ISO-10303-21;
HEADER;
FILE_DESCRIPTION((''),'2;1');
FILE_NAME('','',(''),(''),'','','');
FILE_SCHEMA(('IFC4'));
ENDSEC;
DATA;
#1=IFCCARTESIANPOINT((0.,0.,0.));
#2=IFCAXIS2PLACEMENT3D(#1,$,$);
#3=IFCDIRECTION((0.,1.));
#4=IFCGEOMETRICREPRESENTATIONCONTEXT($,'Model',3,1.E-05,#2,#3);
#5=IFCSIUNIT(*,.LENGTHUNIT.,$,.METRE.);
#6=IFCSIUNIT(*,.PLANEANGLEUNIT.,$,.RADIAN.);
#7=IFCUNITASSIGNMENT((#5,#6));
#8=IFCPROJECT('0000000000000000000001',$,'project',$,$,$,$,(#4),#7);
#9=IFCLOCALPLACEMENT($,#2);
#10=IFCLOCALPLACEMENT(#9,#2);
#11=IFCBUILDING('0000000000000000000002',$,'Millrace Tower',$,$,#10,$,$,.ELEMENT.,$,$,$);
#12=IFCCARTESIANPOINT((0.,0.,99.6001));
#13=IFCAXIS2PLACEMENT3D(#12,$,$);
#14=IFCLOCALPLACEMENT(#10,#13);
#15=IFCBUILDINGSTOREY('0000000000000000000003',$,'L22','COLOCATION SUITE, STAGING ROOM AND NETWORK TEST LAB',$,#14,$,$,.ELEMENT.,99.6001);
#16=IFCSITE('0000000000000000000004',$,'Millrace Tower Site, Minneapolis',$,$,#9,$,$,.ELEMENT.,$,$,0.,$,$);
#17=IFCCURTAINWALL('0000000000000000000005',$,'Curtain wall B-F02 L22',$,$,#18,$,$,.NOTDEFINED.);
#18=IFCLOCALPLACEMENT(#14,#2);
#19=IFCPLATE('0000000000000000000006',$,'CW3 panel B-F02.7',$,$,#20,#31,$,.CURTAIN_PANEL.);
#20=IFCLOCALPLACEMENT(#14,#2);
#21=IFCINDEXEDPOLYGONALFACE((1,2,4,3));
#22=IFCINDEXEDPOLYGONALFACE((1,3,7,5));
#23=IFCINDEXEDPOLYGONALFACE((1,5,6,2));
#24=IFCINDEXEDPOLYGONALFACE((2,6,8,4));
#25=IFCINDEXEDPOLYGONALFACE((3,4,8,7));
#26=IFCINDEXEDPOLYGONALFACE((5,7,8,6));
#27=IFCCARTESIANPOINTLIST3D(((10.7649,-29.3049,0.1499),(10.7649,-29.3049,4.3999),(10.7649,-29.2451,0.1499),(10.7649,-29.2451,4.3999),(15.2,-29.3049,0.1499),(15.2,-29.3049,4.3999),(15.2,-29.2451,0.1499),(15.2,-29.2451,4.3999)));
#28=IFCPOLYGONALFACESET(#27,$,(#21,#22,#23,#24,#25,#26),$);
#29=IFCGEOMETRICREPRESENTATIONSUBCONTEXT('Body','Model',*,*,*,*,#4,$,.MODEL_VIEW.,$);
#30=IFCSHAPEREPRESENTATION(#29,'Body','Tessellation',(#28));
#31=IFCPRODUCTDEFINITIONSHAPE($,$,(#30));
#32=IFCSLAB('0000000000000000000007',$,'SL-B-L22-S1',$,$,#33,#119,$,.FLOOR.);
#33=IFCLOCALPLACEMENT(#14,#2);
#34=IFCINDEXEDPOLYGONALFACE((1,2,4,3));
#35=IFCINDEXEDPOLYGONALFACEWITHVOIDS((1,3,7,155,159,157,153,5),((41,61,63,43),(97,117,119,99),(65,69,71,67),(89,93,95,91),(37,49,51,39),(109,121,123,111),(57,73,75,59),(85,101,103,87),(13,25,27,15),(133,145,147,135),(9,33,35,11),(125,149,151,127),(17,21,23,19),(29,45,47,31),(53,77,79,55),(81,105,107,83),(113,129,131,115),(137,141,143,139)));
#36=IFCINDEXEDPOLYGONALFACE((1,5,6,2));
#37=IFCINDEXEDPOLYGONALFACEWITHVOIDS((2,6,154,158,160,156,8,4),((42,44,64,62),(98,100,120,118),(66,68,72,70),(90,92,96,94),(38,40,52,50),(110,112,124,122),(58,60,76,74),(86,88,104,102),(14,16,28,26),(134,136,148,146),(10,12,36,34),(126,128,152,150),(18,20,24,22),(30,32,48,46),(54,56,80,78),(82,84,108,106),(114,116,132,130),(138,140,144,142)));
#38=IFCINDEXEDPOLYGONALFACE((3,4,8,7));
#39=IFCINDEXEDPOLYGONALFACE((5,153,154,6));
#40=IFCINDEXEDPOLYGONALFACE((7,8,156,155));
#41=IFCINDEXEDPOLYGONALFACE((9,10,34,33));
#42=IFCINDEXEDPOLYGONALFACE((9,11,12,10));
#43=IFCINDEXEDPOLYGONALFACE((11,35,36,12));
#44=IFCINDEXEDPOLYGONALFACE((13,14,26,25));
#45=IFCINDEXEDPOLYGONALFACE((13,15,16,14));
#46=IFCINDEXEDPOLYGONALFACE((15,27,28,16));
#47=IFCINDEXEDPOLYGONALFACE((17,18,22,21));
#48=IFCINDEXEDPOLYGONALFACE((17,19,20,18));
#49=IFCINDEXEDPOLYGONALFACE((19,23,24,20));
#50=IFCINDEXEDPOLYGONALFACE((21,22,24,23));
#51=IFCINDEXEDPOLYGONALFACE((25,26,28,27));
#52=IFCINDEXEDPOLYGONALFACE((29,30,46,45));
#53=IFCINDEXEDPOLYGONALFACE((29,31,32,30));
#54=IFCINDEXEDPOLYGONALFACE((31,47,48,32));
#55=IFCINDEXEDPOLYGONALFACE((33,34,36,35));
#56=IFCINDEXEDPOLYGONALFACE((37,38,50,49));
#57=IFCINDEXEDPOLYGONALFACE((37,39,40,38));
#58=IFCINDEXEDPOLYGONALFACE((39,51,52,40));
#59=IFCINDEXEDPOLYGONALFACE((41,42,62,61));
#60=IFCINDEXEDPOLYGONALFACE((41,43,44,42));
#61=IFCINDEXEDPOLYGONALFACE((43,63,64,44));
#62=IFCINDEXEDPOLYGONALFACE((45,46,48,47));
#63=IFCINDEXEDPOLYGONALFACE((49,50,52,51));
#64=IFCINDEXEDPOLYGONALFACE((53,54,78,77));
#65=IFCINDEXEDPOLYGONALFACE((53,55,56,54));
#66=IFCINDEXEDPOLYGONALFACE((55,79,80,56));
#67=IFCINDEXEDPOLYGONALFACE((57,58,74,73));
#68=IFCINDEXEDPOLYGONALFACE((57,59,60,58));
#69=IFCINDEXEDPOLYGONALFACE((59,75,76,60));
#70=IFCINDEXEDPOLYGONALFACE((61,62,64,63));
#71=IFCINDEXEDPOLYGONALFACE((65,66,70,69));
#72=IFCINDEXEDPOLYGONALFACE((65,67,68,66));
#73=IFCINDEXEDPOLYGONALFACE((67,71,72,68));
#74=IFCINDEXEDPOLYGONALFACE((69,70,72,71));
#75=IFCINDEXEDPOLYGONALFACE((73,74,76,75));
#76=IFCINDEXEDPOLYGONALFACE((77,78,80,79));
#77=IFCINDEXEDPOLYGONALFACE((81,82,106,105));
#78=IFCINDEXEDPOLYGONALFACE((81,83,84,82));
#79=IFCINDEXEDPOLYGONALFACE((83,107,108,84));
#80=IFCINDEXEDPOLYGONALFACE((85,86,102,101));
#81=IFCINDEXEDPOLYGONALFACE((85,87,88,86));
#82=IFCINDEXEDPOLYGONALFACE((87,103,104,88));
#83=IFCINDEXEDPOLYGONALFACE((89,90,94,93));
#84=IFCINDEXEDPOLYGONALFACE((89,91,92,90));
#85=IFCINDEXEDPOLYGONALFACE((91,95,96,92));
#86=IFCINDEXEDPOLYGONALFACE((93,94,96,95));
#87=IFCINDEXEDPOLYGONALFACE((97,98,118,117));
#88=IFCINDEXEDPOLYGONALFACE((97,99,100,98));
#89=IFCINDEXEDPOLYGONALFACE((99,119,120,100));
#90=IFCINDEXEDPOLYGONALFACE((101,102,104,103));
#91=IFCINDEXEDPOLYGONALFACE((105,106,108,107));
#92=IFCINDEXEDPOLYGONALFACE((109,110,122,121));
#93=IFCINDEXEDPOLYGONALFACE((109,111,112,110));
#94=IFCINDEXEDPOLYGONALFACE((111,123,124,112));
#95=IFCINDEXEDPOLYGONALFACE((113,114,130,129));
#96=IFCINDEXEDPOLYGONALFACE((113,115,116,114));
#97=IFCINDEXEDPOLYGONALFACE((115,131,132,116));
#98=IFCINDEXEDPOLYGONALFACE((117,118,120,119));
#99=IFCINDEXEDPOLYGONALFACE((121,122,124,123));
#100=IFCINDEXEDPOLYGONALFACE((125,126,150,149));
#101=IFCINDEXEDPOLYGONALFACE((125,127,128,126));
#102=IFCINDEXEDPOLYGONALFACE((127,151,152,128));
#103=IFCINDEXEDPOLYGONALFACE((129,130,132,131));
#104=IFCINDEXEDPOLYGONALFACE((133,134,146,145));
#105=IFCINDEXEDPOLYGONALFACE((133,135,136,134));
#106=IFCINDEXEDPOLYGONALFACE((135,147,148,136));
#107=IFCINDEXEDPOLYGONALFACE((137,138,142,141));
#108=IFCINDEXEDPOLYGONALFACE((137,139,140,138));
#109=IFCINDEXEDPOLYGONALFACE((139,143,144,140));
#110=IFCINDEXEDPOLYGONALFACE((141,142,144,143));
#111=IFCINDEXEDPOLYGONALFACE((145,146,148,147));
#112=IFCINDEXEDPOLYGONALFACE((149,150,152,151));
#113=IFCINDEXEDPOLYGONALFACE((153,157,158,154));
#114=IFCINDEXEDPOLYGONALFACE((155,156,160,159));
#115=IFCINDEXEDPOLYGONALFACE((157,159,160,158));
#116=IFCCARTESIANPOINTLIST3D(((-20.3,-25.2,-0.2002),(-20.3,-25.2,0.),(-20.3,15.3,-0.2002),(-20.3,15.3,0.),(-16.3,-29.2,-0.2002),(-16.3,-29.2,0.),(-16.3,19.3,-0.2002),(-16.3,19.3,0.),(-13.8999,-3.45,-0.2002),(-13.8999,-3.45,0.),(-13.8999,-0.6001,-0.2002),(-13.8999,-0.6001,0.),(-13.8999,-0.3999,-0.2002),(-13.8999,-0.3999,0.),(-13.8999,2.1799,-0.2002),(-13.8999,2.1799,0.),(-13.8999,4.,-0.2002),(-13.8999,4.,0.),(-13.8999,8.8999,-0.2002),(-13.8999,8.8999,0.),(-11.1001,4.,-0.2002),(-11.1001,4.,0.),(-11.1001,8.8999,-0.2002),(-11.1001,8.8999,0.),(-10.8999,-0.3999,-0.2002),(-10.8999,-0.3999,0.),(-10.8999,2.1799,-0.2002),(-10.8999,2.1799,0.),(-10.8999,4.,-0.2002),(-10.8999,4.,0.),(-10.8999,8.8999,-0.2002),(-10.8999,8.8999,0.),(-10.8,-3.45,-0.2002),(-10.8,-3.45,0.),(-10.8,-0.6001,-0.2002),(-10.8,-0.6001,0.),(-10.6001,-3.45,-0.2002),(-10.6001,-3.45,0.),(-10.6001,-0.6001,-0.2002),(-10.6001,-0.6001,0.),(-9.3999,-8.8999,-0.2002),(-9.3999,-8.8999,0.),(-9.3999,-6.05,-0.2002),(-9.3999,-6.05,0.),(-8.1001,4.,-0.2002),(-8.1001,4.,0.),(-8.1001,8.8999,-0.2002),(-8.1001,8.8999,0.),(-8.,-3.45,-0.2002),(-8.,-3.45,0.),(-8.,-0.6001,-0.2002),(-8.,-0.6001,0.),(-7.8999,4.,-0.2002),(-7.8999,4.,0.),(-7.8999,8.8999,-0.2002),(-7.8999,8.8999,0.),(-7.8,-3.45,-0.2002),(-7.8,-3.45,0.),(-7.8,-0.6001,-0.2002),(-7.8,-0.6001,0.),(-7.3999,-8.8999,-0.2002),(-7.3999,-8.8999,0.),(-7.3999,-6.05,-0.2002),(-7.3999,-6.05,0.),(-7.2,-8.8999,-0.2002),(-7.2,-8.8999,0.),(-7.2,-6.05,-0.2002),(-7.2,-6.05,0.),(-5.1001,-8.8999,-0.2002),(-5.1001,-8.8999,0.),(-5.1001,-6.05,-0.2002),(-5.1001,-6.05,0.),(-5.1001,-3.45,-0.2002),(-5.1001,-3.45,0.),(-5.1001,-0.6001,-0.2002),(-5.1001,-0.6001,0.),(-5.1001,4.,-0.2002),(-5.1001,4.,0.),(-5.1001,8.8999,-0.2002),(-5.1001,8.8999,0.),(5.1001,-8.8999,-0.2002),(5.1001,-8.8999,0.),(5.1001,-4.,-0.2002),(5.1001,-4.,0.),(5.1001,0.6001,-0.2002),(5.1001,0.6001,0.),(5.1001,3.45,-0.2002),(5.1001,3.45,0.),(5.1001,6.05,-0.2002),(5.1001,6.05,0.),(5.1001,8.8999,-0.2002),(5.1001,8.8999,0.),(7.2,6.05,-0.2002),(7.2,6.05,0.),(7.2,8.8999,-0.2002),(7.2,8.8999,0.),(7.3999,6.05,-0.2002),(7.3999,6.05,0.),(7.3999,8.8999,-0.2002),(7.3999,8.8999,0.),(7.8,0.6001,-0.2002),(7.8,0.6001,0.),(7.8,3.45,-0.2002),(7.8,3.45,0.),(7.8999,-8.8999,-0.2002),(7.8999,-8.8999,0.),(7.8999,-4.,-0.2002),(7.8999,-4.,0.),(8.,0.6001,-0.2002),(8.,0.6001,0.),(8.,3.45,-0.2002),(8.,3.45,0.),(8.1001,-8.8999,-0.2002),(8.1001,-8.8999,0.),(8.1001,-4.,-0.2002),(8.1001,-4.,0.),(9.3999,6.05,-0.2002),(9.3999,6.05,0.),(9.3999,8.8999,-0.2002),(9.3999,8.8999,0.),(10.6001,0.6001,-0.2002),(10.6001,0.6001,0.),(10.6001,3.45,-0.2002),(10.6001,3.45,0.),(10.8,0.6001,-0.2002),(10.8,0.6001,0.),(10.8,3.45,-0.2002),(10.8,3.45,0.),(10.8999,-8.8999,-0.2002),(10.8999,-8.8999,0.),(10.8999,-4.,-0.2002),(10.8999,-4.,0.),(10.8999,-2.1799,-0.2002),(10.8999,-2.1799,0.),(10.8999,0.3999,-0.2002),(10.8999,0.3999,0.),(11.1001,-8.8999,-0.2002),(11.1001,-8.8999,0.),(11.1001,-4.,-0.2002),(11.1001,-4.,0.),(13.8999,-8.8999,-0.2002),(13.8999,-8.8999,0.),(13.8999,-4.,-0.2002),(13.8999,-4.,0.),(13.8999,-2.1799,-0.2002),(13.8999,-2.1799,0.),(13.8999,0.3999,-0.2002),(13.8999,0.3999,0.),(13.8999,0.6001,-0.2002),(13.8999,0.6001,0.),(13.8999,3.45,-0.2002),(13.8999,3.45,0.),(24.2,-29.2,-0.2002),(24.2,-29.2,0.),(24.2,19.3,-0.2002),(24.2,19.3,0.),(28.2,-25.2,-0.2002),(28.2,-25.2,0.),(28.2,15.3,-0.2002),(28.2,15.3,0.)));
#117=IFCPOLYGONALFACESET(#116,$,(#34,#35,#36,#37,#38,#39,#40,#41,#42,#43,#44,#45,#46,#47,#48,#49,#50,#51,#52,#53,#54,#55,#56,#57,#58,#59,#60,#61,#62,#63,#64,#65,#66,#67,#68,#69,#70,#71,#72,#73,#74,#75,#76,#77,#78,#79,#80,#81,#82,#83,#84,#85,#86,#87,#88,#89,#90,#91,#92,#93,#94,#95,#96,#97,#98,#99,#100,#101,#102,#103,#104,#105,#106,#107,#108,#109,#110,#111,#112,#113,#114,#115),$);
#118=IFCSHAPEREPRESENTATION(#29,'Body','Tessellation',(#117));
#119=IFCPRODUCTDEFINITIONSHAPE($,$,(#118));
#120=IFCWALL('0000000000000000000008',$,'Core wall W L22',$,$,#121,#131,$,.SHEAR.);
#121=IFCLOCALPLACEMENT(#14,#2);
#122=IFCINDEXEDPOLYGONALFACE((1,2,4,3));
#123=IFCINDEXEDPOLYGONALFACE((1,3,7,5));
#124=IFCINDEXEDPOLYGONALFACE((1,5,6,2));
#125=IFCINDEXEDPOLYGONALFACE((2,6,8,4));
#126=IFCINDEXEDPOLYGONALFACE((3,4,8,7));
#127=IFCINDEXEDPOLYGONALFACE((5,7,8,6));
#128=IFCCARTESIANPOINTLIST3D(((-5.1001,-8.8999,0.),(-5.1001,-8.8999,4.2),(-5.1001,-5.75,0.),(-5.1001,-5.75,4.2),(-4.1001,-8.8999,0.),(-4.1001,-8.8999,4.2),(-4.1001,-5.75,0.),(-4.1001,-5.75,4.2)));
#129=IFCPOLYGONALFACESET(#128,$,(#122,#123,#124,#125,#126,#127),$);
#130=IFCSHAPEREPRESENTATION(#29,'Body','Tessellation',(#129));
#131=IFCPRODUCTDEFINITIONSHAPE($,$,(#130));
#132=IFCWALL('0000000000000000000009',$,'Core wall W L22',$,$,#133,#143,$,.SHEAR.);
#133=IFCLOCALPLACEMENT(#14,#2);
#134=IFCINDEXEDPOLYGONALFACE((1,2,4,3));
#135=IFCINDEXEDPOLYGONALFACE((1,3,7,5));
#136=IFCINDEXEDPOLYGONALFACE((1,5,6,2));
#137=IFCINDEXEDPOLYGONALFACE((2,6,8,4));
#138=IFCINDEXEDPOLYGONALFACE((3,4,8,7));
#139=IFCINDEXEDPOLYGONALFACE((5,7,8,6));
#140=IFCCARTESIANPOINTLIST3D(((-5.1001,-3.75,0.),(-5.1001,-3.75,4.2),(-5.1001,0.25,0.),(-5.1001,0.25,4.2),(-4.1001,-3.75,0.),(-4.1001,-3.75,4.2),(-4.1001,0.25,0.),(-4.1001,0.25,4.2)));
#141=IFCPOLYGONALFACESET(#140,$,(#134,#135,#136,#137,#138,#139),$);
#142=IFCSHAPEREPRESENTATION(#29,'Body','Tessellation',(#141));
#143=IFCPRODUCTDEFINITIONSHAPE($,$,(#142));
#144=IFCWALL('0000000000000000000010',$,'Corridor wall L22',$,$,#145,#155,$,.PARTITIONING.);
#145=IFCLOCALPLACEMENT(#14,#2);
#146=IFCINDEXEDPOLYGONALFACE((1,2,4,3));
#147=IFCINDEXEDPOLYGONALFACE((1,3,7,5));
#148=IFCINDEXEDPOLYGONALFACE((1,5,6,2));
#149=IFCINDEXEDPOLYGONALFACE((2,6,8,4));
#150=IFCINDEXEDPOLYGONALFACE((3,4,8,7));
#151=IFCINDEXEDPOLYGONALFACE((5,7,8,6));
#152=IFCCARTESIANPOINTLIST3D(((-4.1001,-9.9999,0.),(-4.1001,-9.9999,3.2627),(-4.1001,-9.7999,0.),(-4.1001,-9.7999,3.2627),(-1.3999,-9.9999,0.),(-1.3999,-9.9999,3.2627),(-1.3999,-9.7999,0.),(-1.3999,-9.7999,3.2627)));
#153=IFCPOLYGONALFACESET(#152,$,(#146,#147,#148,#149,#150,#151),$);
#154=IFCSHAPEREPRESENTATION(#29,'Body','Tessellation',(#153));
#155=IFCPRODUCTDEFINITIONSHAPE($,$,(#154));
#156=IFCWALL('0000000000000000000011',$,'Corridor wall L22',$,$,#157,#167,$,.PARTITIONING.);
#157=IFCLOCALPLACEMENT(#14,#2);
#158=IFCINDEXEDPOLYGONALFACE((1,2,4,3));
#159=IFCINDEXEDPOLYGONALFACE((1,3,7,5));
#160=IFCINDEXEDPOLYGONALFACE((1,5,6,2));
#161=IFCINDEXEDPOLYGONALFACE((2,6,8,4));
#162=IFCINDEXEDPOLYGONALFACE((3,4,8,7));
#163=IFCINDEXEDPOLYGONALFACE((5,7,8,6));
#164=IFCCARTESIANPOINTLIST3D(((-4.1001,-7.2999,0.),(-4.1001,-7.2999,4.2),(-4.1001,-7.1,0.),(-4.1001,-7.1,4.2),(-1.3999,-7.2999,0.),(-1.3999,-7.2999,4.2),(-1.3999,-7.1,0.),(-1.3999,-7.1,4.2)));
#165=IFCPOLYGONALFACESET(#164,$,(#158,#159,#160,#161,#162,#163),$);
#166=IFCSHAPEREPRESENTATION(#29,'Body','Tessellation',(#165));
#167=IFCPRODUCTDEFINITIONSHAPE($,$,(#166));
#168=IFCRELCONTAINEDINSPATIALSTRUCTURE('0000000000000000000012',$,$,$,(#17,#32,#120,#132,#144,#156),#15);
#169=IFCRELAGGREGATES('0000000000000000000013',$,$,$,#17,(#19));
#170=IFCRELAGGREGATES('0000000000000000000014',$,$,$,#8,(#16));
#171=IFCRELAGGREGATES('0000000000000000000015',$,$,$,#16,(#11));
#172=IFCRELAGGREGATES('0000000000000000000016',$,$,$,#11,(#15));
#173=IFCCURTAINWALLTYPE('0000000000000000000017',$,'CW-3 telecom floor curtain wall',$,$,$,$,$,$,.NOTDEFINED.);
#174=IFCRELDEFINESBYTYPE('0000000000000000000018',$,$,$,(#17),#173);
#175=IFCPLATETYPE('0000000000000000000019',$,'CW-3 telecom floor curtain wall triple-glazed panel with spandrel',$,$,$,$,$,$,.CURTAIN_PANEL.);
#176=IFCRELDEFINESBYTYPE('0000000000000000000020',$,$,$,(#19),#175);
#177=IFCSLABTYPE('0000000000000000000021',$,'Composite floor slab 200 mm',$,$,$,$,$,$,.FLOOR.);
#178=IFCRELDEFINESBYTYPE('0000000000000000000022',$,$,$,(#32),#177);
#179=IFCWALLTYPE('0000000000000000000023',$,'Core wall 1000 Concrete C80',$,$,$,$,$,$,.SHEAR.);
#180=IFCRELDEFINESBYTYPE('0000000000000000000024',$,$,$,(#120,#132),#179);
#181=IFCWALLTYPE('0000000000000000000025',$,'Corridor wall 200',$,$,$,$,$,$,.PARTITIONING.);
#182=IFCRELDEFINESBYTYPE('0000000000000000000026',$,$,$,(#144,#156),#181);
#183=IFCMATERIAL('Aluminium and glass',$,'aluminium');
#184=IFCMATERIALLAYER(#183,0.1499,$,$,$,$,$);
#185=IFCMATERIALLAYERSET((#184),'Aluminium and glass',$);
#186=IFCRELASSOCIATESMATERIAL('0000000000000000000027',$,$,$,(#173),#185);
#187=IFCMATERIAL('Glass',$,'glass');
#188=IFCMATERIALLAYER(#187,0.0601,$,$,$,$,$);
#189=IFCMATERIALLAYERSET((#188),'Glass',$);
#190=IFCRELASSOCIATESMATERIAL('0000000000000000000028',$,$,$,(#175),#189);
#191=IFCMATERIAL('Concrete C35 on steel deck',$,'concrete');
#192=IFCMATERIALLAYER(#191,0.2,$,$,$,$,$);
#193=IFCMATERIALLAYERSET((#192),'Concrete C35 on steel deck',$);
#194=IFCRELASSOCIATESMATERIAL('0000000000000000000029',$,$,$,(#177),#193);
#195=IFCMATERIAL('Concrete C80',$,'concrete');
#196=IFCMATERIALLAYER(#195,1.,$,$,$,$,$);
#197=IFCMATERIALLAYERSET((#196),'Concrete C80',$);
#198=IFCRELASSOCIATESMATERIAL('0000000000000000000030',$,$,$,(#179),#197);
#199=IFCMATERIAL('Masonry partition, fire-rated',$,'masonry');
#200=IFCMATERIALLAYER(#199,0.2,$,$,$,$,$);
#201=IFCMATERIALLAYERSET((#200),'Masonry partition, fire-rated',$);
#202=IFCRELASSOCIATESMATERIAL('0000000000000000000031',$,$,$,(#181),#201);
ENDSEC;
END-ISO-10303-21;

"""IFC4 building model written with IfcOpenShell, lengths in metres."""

from ifc_helpers import new_model, si_unit, direction, frame, frame_2d, origin, place, context, subcontext, project, spatial, polyline, rectangle, outline, extrude, material, layer, layer_set, type_object, element, aggregate, save


model = new_model("IFC4")

# Units and contexts
model_context = context("Model", 3, precision=1e-05, world=origin(), true_north=direction((0.0, 1.0)))
body_context = subcontext(model_context, "Body", "Model", "MODEL_VIEW")
ifc_project = project(units=[si_unit("LENGTHUNIT", "METRE"), si_unit("PLANEANGLEUNIT", "RADIAN")], contexts=[model_context])

# Site, building, storey
site_placement = place(None, origin())
site = spatial("IfcSite", under=ifc_project, at=site_placement, Name="Millrace Tower Site, Minneapolis", CompositionType="ELEMENT", RefElevation=0.0)
building_placement = place(site_placement, origin())
building = spatial("IfcBuilding", under=site, at=building_placement, Name="Millrace Tower", CompositionType="ELEMENT")
storey_placement = place(building_placement, frame((0.0, 0.0, 99.6001)))
storey = spatial("IfcBuildingStorey", under=building, at=storey_placement, Name="L22", Description="COLOCATION SUITE, STAGING ROOM AND NETWORK TEST LAB", CompositionType="ELEMENT", Elevation=99.6001)

# Shared definitions
ifc_material_1 = material(Name="Aluminium and glass", Category="aluminium")
ifc_layer_1 = layer(ifc_material_1, 0.1499)
ifc_layer_set_1 = layer_set([ifc_layer_1], Name="Aluminium and glass")
curtain_wall_type = type_object("IfcCurtainWallType", Name="CW-3 telecom floor curtain wall", PredefinedType="NOTDEFINED", material=ifc_layer_set_1)
placement_1 = place(storey_placement, origin())
ifc_material_2 = material(Name="Glass", Category="glass")
ifc_layer_2 = layer(ifc_material_2, 0.0601)
ifc_layer_set_2 = layer_set([ifc_layer_2], Name="Glass")
plate_type = type_object("IfcPlateType", Name="CW-3 telecom floor curtain wall triple-glazed panel with spandrel", PredefinedType="CURTAIN_PANEL", material=ifc_layer_set_2)
placement_2 = place(storey_placement, frame((0.0, 0.0, 0.1499)))

# Curtain wall, plate
curtain_wall_1 = element("IfcCurtainWall", 1, at=placement_1, inside=storey, type_object=curtain_wall_type, Name="Curtain wall B-F02 L22", PredefinedType="NOTDEFINED")
plate_1 = element("IfcPlate", 2, at=placement_2, type_object=plate_type, Name="CW3 panel B-F02.7", PredefinedType="CURTAIN_PANEL", context=body_context, shape_type="SweptSolid", body=[
    extrude(outline(polyline([(10.7649, -29.3049), (15.2, -29.3049), (15.2, -29.2451), (10.7649, -29.2451), (10.7649, -29.3049)])), origin(), (0.0, 0.0, 1.0), 4.25),
])
aggregate(curtain_wall_1, [plate_1])

# Slab
ifc_material_3 = material(Name="Concrete C35 on steel deck", Category="concrete")
ifc_layer_3 = layer(ifc_material_3, 0.2)
ifc_layer_set_3 = layer_set([ifc_layer_3], Name="Concrete C35 on steel deck")
slab_type = type_object("IfcSlabType", Name="Composite floor slab 200 mm", PredefinedType="FLOOR", material=ifc_layer_set_3)
slab_placement = place(storey_placement, frame((0.0, 0.0, -0.2002)))
element("IfcSlab", 3, at=slab_placement, inside=storey, type_object=slab_type, Name="SL-B-L22-S1", PredefinedType="FLOOR", context=body_context, shape_type="SweptSolid", body=[
    extrude(outline(polyline([(-20.3, -25.2), (-16.3, -29.2), (24.2, -29.2), (28.2, -25.2), (28.2, 15.3), (24.2, 19.3), (-16.3, 19.3), (-20.3, 15.3), (-20.3, -25.2)]), holes=[polyline([(-9.3999, -8.8999), (-7.3999, -8.8999), (-7.3999, -6.05), (-9.3999, -6.05), (-9.3999, -8.8999)]), polyline([(-7.2, -8.8999), (-5.1001, -8.8999), (-5.1001, -6.05), (-7.2, -6.05), (-7.2, -8.8999)]), polyline([(-13.8999, -3.45), (-10.8, -3.45), (-10.8, -0.6001), (-13.8999, -0.6001), (-13.8999, -3.45)]), polyline([(-10.6001, -3.45), (-8.0, -3.45), (-8.0, -0.6001), (-10.6001, -0.6001), (-10.6001, -3.45)]), polyline([(-7.8, -3.45), (-5.1001, -3.45), (-5.1001, -0.6001), (-7.8, -0.6001), (-7.8, -3.45)]), polyline([(-13.8999, -0.3999), (-10.8999, -0.3999), (-10.8999, 2.1799), (-13.8999, 2.1799), (-13.8999, -0.3999)]), polyline([(-13.8999, 4.0), (-11.1001, 4.0), (-11.1001, 8.8999), (-13.8999, 8.8999), (-13.8999, 4.0)]), polyline([(-10.8999, 4.0), (-8.1001, 4.0), (-8.1001, 8.8999), (-10.8999, 8.8999), (-10.8999, 4.0)]), polyline([(-7.8999, 4.0), (-5.1001, 4.0), (-5.1001, 8.8999), (-7.8999, 8.8999), (-7.8999, 4.0)]), polyline([(7.3999, 6.05), (9.3999, 6.05), (9.3999, 8.8999), (7.3999, 8.8999), (7.3999, 6.05)]), polyline([(5.1001, 6.05), (7.2, 6.05), (7.2, 8.8999), (5.1001, 8.8999), (5.1001, 6.05)]), polyline([(10.8, 0.6001), (13.8999, 0.6001), (13.8999, 3.45), (10.8, 3.45), (10.8, 0.6001)]), polyline([(8.0, 0.6001), (10.6001, 0.6001), (10.6001, 3.45), (8.0, 3.45), (8.0, 0.6001)]), polyline([(5.1001, 0.6001), (7.8, 0.6001), (7.8, 3.45), (5.1001, 3.45), (5.1001, 0.6001)]), polyline([(10.8999, -2.1799), (13.8999, -2.1799), (13.8999, 0.3999), (10.8999, 0.3999), (10.8999, -2.1799)]), polyline([(11.1001, -8.8999), (13.8999, -8.8999), (13.8999, -4.0), (11.1001, -4.0), (11.1001, -8.8999)]), polyline([(8.1001, -8.8999), (10.8999, -8.8999), (10.8999, -4.0), (8.1001, -4.0), (8.1001, -8.8999)]), polyline([(5.1001, -8.8999), (7.8999, -8.8999), (7.8999, -4.0), (5.1001, -4.0), (5.1001, -8.8999)])]), origin(), (0.0, 0.0, 1.0), 0.2002),
])

# Walls
ifc_material_4 = material(Name="Concrete C80", Category="concrete")
ifc_layer_4 = layer(ifc_material_4, 1.0)
ifc_layer_set_4 = layer_set([ifc_layer_4], Name="Concrete C80")
wall_type_1 = type_object("IfcWallType", Name="Core wall 1000 Concrete C80", PredefinedType="SHEAR", material=ifc_layer_set_4)
wall_1_placement = place(storey_placement, frame((-4.6001, -8.8999, 0.0), z_axis=(0.0, 0.0, 1.0), x_axis=(0.0, 1.0, 0.0)))
element("IfcWall", 4, at=wall_1_placement, inside=storey, type_object=wall_type_1, Name="Core wall W L22", PredefinedType="SHEAR", context=body_context, shape_type="SweptSolid", body=[
    extrude(rectangle(XDim=3.1499, YDim=1.0, at=frame_2d((1.575, 0.0))), origin(), (0.0, 0.0, 1.0), 4.2),
])
wall_2_placement = place(storey_placement, frame((-4.6001, -3.75, 0.0), z_axis=(0.0, 0.0, 1.0), x_axis=(0.0, 1.0, 0.0)))
element("IfcWall", 5, at=wall_2_placement, inside=storey, type_object=wall_type_1, Name="Core wall W L22", PredefinedType="SHEAR", context=body_context, shape_type="SweptSolid", body=[
    extrude(rectangle(XDim=4.0, YDim=1.0, at=frame_2d((2.0, 0.0))), origin(), (0.0, 0.0, 1.0), 4.2),
])
ifc_material_5 = material(Name="Masonry partition, fire-rated", Category="masonry")
ifc_layer_5 = layer(ifc_material_5, 0.2)
ifc_layer_set_5 = layer_set([ifc_layer_5], Name="Masonry partition, fire-rated")
wall_type_2 = type_object("IfcWallType", Name="Corridor wall 200", PredefinedType="PARTITIONING", material=ifc_layer_set_5)
wall_3_placement = place(storey_placement, frame((-4.1001, -9.8999, 0.0), z_axis=(0.0, 0.0, 1.0), x_axis=(1.0, 0.0, 0.0)))
element("IfcWall", 6, at=wall_3_placement, inside=storey, type_object=wall_type_2, Name="Corridor wall L22", PredefinedType="PARTITIONING", context=body_context, shape_type="SweptSolid", body=[
    extrude(rectangle(XDim=2.7002, YDim=0.2, at=frame_2d((1.3501, 0.0))), origin(), (0.0, 0.0, 1.0), 3.2627),
])
wall_4_placement = place(storey_placement, frame((-4.1001, -7.2, 0.0), z_axis=(0.0, 0.0, 1.0), x_axis=(1.0, 0.0, 0.0)))
element("IfcWall", 7, at=wall_4_placement, inside=storey, type_object=wall_type_2, Name="Corridor wall L22", PredefinedType="PARTITIONING", context=body_context, shape_type="SweptSolid", body=[
    extrude(rectangle(XDim=2.7002, YDim=0.2, at=frame_2d((1.3501, 0.0))), origin(), (0.0, 0.0, 1.0), 4.2),
])

save(model, "model.ifc")
